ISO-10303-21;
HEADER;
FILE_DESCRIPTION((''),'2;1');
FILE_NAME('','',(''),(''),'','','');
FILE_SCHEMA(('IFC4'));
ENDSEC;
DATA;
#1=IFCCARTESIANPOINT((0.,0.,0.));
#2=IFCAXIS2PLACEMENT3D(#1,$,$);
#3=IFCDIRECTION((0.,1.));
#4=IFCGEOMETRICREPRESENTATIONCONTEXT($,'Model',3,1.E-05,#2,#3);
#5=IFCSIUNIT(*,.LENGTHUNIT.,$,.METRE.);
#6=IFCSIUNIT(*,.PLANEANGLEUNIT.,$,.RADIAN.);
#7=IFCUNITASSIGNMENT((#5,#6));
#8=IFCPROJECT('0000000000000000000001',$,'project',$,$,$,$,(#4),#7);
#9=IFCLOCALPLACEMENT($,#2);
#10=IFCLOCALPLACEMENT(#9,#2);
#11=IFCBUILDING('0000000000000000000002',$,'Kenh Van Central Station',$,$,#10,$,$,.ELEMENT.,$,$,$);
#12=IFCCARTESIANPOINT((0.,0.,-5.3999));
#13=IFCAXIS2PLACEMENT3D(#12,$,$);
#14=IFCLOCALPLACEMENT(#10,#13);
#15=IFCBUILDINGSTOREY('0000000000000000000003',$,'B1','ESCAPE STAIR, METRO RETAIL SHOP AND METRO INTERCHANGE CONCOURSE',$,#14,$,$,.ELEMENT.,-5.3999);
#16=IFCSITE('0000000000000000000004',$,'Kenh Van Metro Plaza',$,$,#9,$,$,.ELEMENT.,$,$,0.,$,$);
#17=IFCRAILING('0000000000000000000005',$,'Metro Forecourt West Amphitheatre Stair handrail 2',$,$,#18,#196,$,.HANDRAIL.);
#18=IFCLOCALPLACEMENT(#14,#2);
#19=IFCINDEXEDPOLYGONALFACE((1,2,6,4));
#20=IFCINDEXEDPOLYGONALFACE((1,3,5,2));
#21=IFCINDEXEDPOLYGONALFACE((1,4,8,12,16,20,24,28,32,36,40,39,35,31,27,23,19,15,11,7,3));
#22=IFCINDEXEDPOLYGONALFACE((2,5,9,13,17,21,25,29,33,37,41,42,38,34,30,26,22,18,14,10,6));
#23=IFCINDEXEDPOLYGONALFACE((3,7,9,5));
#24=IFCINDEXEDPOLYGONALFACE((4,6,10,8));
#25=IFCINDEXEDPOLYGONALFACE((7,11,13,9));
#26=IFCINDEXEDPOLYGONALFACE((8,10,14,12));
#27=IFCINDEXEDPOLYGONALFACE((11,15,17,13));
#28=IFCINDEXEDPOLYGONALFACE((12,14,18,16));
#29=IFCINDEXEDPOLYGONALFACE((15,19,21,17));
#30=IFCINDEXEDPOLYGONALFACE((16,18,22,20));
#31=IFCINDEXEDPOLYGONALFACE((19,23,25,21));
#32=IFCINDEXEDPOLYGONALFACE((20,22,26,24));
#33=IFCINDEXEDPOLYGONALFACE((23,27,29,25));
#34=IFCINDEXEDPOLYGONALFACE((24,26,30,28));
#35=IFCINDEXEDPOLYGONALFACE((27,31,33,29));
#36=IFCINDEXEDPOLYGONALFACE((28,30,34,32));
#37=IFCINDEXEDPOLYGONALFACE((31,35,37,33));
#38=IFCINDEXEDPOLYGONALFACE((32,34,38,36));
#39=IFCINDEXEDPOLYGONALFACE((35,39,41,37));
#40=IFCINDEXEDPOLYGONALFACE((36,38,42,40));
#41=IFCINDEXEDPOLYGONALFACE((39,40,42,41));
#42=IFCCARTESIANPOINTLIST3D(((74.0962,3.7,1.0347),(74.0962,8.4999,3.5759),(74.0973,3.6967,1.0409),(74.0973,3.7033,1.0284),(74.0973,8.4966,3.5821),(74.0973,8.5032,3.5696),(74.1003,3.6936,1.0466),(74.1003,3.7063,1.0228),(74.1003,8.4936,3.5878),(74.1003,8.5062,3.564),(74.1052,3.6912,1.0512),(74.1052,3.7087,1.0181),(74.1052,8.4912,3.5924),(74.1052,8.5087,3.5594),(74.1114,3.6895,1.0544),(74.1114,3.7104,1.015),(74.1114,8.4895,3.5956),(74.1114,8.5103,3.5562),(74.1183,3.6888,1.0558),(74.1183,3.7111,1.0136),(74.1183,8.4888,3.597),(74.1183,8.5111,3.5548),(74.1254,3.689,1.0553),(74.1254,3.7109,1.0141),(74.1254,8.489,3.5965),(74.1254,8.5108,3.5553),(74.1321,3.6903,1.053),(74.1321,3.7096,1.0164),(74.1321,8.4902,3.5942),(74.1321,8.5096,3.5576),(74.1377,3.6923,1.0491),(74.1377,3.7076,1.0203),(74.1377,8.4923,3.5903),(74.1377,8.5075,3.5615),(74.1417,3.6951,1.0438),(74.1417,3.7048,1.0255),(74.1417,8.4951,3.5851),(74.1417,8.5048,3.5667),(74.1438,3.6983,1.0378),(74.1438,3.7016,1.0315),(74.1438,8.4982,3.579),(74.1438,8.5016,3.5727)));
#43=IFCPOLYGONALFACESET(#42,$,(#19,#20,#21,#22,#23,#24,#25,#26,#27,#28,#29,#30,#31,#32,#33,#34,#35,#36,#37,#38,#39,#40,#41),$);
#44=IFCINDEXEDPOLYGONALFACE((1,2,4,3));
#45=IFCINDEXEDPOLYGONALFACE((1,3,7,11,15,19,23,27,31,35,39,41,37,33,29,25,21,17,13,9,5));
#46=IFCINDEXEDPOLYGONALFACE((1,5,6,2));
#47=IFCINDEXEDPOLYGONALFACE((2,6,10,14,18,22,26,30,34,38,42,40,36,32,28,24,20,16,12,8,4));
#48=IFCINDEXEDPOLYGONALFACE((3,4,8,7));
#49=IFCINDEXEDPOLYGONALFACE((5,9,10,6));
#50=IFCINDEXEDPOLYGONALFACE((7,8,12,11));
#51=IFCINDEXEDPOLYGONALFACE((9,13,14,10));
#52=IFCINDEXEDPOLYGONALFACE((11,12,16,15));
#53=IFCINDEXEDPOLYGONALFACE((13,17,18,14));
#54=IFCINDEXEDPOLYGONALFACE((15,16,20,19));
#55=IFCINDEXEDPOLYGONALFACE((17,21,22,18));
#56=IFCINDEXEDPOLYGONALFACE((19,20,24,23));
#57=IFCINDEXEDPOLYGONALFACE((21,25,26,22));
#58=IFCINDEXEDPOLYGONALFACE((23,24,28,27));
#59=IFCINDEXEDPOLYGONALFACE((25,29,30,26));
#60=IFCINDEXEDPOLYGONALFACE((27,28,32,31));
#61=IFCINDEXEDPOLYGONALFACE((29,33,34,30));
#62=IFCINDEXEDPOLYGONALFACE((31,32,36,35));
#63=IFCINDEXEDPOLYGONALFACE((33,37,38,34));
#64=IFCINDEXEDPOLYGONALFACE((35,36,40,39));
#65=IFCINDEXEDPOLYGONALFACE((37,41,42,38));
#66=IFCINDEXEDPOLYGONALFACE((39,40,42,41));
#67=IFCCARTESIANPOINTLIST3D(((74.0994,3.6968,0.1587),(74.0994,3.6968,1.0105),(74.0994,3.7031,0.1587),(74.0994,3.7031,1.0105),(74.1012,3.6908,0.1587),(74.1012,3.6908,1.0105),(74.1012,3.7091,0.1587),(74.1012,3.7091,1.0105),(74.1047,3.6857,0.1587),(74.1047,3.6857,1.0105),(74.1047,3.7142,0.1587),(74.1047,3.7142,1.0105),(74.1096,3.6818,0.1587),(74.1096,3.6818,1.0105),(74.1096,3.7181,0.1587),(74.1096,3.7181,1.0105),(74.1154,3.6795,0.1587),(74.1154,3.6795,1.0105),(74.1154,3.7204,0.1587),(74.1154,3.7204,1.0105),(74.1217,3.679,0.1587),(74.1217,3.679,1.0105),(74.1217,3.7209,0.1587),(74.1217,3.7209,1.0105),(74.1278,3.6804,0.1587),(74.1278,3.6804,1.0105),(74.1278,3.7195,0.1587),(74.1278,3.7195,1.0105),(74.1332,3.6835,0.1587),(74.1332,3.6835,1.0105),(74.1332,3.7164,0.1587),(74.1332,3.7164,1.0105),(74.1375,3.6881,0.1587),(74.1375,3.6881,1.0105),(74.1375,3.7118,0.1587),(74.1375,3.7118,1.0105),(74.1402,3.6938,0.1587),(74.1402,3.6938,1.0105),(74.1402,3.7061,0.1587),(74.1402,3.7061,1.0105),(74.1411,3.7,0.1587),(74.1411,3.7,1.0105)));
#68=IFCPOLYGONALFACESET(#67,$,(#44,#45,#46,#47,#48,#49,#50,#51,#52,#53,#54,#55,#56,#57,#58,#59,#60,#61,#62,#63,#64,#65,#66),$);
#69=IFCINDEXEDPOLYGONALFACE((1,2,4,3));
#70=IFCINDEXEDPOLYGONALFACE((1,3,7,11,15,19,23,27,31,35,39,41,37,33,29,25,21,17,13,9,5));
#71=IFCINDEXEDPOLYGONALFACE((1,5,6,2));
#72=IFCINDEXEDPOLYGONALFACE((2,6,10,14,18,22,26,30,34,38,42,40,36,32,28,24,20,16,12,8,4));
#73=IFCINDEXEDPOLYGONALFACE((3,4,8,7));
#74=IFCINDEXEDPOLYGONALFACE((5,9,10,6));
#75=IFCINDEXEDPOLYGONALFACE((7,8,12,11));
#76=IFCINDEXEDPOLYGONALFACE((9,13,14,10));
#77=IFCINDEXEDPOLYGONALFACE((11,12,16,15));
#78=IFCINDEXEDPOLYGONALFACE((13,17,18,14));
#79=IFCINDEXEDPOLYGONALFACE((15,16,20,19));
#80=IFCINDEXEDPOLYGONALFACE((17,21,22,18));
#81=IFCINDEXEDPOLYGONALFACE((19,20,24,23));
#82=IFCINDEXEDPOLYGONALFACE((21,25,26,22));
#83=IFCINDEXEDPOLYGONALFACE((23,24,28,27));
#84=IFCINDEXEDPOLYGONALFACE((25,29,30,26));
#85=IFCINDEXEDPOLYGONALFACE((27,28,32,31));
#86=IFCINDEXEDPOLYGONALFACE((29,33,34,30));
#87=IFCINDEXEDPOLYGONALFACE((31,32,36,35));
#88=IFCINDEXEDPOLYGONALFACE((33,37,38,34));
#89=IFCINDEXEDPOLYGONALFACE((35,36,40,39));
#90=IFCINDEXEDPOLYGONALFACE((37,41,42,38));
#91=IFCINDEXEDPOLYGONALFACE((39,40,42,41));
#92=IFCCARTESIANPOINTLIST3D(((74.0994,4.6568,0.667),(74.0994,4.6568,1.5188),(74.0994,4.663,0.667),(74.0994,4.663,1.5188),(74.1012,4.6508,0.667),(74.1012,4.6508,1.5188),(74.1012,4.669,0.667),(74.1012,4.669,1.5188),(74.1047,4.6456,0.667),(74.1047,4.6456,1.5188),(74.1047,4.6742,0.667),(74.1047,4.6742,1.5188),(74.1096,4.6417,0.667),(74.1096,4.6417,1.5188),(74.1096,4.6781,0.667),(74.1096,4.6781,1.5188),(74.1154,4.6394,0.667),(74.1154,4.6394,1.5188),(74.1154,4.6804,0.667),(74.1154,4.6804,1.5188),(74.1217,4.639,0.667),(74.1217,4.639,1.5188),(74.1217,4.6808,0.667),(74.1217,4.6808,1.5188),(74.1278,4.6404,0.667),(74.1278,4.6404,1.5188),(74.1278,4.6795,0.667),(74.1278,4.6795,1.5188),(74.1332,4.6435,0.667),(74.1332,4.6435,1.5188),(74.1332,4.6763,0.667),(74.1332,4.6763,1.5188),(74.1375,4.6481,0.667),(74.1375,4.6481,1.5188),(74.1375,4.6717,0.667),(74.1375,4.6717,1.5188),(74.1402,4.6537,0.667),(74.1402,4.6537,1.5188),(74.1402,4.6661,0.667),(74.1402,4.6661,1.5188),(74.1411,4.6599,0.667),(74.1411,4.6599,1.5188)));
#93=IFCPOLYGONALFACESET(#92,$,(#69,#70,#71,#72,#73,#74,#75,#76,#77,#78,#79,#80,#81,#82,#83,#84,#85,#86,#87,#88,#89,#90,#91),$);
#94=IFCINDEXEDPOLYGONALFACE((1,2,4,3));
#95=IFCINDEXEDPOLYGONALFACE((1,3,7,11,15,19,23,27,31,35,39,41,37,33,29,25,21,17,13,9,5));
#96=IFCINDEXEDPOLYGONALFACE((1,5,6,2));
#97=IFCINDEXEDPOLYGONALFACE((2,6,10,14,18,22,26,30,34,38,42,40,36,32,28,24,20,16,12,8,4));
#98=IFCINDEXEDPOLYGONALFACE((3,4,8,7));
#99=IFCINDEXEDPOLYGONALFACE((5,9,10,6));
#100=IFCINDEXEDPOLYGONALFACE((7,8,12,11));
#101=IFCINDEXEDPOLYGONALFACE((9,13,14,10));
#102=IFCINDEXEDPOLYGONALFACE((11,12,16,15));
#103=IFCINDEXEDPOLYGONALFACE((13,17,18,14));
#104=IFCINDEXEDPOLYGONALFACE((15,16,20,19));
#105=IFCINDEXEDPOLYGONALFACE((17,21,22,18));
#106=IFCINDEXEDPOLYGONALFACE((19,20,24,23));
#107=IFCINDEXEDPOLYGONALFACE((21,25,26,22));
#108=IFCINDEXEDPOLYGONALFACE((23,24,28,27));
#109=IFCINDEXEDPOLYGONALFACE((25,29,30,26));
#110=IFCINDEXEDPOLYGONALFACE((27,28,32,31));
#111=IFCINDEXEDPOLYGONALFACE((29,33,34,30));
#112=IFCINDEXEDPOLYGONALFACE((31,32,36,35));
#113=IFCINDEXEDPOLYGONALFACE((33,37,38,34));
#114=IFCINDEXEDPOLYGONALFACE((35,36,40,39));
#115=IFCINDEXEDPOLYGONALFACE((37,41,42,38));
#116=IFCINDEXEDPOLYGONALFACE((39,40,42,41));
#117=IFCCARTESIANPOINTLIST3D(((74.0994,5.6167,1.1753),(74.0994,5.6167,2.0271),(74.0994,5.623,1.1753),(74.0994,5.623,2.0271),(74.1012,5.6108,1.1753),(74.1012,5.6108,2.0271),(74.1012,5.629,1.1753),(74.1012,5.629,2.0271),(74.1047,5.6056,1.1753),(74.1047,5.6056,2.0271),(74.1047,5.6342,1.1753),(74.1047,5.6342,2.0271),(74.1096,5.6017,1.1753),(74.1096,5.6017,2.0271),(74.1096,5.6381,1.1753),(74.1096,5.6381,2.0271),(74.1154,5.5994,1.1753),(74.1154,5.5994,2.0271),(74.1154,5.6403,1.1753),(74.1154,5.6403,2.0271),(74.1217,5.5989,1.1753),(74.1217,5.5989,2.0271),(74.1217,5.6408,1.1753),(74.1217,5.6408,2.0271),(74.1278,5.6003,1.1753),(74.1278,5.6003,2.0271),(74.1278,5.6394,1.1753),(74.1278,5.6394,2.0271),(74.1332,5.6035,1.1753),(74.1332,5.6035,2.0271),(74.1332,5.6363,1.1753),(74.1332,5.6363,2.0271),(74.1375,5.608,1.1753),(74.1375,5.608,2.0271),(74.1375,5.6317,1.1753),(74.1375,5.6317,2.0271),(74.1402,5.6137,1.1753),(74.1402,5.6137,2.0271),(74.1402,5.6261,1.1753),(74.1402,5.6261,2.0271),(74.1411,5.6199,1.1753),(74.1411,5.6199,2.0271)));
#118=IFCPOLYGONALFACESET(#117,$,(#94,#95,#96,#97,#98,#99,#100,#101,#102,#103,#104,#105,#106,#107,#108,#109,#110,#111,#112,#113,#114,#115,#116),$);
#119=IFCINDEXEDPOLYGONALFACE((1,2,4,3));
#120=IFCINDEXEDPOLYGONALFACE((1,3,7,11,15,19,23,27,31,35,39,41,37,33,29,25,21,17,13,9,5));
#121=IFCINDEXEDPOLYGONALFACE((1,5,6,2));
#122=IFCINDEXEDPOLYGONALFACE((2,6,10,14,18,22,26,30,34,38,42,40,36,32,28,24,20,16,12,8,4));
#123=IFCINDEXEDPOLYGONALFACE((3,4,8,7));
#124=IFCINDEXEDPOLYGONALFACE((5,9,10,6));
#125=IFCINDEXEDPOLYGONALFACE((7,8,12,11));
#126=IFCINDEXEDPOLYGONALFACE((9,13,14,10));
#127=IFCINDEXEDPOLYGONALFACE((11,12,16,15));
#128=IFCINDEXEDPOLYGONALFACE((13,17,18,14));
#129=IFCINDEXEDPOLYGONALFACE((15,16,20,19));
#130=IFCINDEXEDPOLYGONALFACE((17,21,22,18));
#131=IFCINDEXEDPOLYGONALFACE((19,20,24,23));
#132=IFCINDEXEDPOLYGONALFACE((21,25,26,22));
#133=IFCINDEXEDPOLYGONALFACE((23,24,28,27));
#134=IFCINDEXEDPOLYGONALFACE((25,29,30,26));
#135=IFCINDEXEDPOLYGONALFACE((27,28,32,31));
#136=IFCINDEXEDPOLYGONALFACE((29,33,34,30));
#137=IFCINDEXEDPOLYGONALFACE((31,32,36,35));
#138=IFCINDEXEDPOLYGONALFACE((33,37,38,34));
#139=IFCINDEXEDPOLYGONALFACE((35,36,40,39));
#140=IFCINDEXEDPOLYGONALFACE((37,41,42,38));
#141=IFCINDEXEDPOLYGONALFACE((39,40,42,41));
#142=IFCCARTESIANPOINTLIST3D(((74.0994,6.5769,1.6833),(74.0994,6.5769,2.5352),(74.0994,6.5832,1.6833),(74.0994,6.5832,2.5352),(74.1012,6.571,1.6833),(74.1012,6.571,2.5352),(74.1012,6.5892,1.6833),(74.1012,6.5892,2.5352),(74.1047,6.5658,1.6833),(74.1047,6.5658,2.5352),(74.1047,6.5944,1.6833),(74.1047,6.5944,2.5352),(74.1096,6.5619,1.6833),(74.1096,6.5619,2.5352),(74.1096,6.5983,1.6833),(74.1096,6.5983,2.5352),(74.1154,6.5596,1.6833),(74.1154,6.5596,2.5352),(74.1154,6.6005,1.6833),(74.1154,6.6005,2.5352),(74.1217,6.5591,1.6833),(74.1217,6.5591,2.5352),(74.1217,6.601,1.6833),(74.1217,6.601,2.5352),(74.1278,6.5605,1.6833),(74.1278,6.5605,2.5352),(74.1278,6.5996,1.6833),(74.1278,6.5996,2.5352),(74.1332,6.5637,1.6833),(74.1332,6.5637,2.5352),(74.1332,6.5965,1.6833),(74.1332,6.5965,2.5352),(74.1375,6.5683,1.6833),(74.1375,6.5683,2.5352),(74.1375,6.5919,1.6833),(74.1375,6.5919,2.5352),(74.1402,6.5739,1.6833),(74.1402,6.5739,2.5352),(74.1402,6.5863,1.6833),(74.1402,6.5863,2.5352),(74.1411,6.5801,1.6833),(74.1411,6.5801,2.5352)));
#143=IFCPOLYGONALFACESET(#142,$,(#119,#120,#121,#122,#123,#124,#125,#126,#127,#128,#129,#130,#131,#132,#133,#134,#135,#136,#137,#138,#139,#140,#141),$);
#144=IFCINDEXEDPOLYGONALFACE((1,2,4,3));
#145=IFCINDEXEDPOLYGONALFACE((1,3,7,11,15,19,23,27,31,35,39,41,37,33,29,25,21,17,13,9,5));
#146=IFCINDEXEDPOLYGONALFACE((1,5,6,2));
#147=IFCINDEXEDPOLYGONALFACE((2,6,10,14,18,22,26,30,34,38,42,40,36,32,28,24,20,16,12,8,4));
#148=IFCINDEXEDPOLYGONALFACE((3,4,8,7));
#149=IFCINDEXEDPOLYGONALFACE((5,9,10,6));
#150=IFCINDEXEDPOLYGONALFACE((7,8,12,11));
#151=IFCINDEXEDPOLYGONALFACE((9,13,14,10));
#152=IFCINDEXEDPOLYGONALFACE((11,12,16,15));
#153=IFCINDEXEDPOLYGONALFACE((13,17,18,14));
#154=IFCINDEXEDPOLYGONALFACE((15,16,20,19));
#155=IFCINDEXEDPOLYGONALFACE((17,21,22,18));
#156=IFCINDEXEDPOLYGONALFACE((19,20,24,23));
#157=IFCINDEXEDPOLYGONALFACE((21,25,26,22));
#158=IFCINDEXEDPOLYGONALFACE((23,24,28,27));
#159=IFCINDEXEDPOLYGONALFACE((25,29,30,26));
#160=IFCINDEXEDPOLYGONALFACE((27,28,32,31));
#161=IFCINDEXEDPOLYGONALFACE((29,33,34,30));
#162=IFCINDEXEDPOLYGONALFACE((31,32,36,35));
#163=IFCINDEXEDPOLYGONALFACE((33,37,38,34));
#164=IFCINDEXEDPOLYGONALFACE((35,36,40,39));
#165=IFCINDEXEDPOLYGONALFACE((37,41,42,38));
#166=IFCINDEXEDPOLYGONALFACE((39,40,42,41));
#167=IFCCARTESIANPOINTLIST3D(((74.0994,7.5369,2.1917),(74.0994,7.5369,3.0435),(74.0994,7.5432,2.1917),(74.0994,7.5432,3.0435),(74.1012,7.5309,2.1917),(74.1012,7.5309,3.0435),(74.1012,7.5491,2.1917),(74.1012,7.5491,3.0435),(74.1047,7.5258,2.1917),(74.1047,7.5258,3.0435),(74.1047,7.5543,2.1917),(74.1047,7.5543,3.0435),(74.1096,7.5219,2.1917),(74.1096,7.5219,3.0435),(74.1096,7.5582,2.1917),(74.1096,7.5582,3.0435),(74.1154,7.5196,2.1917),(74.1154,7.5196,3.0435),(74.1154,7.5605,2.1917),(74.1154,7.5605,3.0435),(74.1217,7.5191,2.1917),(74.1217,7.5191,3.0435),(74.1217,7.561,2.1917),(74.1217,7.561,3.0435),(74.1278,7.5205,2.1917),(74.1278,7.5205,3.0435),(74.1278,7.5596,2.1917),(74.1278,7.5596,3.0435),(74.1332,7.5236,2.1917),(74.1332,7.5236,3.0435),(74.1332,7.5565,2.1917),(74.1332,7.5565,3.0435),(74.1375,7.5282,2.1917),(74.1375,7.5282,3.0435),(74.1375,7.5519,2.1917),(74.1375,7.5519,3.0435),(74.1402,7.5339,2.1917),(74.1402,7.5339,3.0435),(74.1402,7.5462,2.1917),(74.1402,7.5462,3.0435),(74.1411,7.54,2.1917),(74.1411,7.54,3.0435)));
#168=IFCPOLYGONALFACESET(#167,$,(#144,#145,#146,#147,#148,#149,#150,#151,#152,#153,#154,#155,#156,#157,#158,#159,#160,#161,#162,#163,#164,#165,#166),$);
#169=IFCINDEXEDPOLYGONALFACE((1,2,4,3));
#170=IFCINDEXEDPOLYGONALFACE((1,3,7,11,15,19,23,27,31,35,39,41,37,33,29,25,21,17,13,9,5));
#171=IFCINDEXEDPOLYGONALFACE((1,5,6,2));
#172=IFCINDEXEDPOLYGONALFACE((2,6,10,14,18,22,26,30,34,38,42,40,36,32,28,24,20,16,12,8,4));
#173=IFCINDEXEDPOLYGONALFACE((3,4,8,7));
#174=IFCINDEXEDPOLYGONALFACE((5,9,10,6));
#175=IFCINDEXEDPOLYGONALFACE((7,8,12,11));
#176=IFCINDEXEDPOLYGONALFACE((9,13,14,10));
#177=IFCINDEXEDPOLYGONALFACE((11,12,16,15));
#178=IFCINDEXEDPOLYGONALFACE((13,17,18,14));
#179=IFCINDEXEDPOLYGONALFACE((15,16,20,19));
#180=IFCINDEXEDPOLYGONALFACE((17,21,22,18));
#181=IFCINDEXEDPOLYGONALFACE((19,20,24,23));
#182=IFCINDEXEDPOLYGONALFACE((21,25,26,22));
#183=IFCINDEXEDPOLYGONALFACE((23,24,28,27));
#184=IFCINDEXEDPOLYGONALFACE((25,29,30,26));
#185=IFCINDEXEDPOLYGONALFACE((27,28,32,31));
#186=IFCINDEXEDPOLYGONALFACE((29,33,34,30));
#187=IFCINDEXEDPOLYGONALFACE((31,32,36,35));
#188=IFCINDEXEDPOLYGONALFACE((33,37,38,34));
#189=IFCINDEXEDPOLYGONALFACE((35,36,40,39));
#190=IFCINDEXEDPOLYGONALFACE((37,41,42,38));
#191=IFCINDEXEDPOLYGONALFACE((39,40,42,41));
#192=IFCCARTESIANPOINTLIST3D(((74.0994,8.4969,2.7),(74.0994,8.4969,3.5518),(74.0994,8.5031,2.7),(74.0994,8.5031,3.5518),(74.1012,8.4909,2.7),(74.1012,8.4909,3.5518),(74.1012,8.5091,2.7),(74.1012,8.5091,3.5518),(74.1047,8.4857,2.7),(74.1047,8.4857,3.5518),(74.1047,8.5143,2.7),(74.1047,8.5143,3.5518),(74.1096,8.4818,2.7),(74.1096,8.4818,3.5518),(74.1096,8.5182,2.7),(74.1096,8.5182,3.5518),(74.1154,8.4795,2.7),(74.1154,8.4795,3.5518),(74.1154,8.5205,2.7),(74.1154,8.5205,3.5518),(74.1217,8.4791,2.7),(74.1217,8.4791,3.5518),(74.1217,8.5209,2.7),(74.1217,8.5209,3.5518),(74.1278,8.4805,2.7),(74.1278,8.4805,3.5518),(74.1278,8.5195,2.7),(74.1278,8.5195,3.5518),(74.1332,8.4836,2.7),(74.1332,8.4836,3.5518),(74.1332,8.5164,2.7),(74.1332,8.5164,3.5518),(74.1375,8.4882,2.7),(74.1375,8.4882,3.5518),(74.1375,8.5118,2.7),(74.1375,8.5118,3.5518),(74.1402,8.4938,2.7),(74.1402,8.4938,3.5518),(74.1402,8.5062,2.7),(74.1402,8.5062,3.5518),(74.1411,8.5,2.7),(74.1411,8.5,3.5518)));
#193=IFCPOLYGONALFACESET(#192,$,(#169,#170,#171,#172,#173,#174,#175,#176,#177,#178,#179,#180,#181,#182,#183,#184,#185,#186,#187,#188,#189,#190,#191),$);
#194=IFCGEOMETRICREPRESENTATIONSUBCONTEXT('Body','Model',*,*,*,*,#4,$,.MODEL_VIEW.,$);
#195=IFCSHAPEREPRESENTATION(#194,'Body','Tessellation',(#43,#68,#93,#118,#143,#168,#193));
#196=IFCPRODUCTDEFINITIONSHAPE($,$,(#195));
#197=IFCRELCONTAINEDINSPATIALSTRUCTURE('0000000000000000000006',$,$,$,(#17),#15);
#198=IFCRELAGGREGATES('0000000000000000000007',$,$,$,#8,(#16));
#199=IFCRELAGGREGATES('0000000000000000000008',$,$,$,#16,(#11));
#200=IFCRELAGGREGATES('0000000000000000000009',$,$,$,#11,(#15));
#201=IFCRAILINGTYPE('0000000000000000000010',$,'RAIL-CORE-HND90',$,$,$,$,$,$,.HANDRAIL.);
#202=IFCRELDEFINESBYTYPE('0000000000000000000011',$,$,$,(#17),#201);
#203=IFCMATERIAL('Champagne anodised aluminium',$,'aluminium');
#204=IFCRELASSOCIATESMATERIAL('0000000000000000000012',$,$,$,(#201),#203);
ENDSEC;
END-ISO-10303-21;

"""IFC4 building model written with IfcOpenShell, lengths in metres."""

from ifc_helpers import new_model, si_unit, direction, frame, origin, origin_2d, place, context, subcontext, project, spatial, circle, extrude, material, type_object, element, save


model = new_model("IFC4")

# Units and contexts
model_context = context("Model", 3, precision=1e-05, world=origin(), true_north=direction((0.0, 1.0)))
body_context = subcontext(model_context, "Body", "Model", "MODEL_VIEW")
ifc_project = project(units=[si_unit("LENGTHUNIT", "METRE"), si_unit("PLANEANGLEUNIT", "RADIAN")], contexts=[model_context])

# Site, building, storey
site_placement = place(None, origin())
site = spatial("IfcSite", under=ifc_project, at=site_placement, Name="Kenh Van Metro Plaza", CompositionType="ELEMENT", RefElevation=0.0)
building_placement = place(site_placement, origin())
building = spatial("IfcBuilding", under=site, at=building_placement, Name="Kenh Van Central Station", CompositionType="ELEMENT")
storey_placement = place(building_placement, frame((0.0, 0.0, -5.3999)))
storey = spatial("IfcBuildingStorey", under=building, at=storey_placement, Name="B1", Description="ESCAPE STAIR, METRO RETAIL SHOP AND METRO INTERCHANGE CONCOURSE", CompositionType="ELEMENT", Elevation=-5.3999)

# Railing
ifc_material_1 = material(Name="Champagne anodised aluminium", Category="aluminium")
railing_type_1 = type_object("IfcRailingType", Name="RAIL-CORE-HND90", PredefinedType="HANDRAIL", material=ifc_material_1)
for number, where, name in (
    (1, (74.1201, 3.7, 0.1587), "Metro Forecourt West Amphitheatre Stair handrail 2"),
):
    element("IfcRailing", number, at=place(storey_placement, frame(where)), inside=storey, type_object=railing_type_1, Name=name, PredefinedType="HANDRAIL", context=body_context, shape_type="SweptSolid", body=[
        extrude(circle(Radius=0.0239, at=origin_2d()), frame((0.0, 0.0, 0.876), z_axis=(0.0, 0.883784, 0.467896), x_axis=(-1.0, 0.0, 0.0)), (0.0, 0.0, 1.0), 5.4312),
        extrude(circle(Radius=0.021, at=origin_2d()), origin(), (0.0, 0.0, 1.0), 0.8518),
        extrude(circle(Radius=0.021, at=origin_2d()), frame((0.0, 0.96, 0.5083)), (0.0, 0.0, 1.0), 0.8518),
        extrude(circle(Radius=0.021, at=origin_2d()), frame((0.0, 1.9199, 1.0166)), (0.0, 0.0, 1.0), 0.8518),
        extrude(circle(Radius=0.021, at=origin_2d()), frame((0.0, 2.8801, 1.5247)), (0.0, 0.0, 1.0), 0.8518),
        extrude(circle(Radius=0.021, at=origin_2d()), frame((0.0, 3.8401, 2.033)), (0.0, 0.0, 1.0), 0.8518),
        extrude(circle(Radius=0.021, at=origin_2d()), frame((0.0, 4.8, 2.5413)), (0.0, 0.0, 1.0), 0.8518),
    ])

save(model, "model.ifc")
